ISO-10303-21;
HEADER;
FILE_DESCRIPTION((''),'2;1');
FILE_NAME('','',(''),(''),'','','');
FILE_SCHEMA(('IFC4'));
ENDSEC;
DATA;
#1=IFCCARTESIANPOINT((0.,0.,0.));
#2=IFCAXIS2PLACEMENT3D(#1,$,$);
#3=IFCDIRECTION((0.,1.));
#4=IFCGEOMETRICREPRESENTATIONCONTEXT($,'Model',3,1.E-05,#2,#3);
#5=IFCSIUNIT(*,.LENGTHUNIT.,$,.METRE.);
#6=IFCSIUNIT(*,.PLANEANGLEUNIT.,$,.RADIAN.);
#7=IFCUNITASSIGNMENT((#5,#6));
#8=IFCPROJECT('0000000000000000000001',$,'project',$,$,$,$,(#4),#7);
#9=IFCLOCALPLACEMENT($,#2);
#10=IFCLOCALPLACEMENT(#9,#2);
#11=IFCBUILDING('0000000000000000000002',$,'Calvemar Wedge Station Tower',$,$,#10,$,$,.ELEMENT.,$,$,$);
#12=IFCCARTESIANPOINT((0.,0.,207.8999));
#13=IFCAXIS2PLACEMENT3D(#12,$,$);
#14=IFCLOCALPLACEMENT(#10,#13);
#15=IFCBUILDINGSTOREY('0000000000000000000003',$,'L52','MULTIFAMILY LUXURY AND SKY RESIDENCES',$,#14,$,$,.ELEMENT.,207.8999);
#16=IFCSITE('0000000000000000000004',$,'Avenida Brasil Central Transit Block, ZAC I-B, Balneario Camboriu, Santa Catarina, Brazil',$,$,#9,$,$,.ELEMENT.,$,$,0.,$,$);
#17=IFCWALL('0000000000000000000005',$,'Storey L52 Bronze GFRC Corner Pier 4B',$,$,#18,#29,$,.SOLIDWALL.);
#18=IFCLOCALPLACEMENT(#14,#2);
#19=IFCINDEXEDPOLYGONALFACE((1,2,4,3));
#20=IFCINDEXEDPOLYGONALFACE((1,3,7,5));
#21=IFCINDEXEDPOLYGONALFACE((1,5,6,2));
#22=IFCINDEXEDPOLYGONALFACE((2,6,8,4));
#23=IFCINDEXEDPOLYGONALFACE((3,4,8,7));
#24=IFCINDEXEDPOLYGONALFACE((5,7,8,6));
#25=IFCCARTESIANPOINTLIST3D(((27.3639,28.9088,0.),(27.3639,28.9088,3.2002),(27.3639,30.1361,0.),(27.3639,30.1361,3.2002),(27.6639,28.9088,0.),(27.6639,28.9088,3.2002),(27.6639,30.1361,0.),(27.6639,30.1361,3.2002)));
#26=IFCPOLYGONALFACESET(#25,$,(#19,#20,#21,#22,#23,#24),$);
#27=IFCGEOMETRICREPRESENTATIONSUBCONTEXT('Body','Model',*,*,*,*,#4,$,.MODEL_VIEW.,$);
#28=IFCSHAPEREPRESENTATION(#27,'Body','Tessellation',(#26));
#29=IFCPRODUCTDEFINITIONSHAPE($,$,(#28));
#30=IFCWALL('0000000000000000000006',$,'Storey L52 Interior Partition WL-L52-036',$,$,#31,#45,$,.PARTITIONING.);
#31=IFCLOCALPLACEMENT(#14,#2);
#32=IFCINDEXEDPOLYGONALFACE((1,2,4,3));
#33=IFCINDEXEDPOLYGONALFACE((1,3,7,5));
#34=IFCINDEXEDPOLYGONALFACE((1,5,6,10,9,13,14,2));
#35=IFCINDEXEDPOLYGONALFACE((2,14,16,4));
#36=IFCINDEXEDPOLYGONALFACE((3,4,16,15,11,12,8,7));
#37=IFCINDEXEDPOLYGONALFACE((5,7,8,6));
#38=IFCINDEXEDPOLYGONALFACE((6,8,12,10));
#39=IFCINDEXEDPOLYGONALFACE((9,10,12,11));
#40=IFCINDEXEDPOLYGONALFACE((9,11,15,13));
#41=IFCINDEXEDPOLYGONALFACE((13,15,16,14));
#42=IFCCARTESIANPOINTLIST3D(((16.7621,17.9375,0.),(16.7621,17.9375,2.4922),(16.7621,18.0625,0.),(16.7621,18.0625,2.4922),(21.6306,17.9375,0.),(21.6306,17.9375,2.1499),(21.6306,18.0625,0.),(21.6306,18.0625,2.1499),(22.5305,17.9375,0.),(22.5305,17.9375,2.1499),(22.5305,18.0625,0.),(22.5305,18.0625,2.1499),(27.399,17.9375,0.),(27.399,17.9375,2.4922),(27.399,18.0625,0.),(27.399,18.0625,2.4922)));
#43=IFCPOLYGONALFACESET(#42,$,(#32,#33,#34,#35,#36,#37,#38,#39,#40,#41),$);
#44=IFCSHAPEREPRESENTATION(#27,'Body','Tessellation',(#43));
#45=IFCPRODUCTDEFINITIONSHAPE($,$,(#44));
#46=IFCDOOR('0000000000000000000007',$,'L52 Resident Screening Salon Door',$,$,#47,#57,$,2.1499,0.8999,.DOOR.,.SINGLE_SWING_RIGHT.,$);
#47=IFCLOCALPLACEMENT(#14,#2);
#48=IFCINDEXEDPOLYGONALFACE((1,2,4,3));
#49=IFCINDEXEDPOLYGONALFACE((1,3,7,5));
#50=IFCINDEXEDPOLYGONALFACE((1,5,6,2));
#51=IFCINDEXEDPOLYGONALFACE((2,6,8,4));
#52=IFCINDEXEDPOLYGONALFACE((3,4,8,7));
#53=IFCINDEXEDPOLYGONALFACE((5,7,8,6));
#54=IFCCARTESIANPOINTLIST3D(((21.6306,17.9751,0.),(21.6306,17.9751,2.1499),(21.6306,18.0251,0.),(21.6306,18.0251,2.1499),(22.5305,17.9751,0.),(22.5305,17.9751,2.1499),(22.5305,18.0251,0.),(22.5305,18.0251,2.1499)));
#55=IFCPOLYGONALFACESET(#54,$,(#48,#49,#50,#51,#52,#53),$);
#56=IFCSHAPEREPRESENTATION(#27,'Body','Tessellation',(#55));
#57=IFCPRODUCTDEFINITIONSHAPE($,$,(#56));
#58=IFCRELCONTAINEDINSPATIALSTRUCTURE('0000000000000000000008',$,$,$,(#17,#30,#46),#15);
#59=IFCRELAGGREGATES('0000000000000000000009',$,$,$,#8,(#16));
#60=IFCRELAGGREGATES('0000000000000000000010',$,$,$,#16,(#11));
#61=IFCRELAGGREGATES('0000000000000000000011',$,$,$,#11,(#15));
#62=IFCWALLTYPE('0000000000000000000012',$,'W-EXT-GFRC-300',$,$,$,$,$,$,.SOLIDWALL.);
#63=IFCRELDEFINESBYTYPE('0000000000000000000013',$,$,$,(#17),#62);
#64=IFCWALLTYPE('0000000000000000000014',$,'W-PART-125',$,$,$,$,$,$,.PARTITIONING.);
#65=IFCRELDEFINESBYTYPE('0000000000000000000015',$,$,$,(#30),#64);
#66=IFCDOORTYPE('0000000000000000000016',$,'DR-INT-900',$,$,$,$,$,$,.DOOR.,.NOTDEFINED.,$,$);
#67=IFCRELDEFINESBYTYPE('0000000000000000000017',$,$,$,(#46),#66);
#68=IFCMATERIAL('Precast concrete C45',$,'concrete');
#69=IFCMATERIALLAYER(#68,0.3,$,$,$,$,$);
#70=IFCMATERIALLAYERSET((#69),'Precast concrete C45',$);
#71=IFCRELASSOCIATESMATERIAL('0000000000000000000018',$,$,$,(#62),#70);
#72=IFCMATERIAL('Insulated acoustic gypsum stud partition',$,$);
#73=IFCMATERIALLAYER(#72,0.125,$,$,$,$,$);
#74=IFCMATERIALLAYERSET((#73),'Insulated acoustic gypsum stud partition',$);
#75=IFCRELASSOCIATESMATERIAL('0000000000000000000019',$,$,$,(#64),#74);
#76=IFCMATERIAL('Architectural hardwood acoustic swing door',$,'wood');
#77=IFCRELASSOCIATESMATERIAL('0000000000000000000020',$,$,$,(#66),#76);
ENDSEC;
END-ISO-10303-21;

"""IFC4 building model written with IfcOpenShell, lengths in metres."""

from ifc_helpers import new_model, si_unit, direction, frame, frame_2d, origin, place, context, subcontext, project, spatial, rectangle, extrude, source, transform, mapped, material, layer, layer_set, type_object, element, fill, save


model = new_model("IFC4")

# Units and contexts
model_context = context("Model", 3, precision=1e-05, world=origin(), true_north=direction((0.0, 1.0)))
body_context = subcontext(model_context, "Body", "Model", "MODEL_VIEW")
ifc_project = project(units=[si_unit("LENGTHUNIT", "METRE"), si_unit("PLANEANGLEUNIT", "RADIAN")], contexts=[model_context])

# Site, building, storey
site_placement = place(None, origin())
site = spatial("IfcSite", under=ifc_project, at=site_placement, Name="Avenida Brasil Central Transit Block, ZAC I-B, Balneario Camboriu, Santa Catarina, Brazil", CompositionType="ELEMENT", RefElevation=0.0)
building_placement = place(site_placement, origin())
building = spatial("IfcBuilding", under=site, at=building_placement, Name="Calvemar Wedge Station Tower", CompositionType="ELEMENT")
storey_placement = place(building_placement, frame((0.0, 0.0, 207.8999)))
storey = spatial("IfcBuildingStorey", under=building, at=storey_placement, Name="L52", Description="MULTIFAMILY LUXURY AND SKY RESIDENCES", CompositionType="ELEMENT", Elevation=207.8999)

# Shared definitions
ifc_material_1 = material(Name="Precast concrete C45", Category="concrete")
ifc_layer_1 = layer(ifc_material_1, 0.3)
ifc_layer_set_1 = layer_set([ifc_layer_1], Name="Precast concrete C45")
wall_type_1 = type_object("IfcWallType", Name="W-EXT-GFRC-300", PredefinedType="SOLIDWALL", material=ifc_layer_set_1)

# Wall
wall_1_placement = place(storey_placement, frame((27.5139, 28.9087, 0.0), z_axis=(0.0, 0.0, 1.0), x_axis=(0.0, 1.0, 0.0)))
element("IfcWall", 1, at=wall_1_placement, inside=storey, type_object=wall_type_1, Name="Storey L52 Bronze GFRC Corner Pier 4B", PredefinedType="SOLIDWALL", context=body_context, shape_type="SweptSolid", body=[
    extrude(rectangle(XDim=1.2273, YDim=0.3, at=frame_2d((0.6138, 0.0))), origin(), (0.0, 0.0, 1.0), 3.2002),
])

# Wall, opening, door
ifc_material_2 = material(Name="Insulated acoustic gypsum stud partition")
ifc_layer_2 = layer(ifc_material_2, 0.125)
ifc_layer_set_2 = layer_set([ifc_layer_2], Name="Insulated acoustic gypsum stud partition")
wall_type_2 = type_object("IfcWallType", Name="W-PART-125", PredefinedType="PARTITIONING", material=ifc_layer_set_2)
wall_2_placement = place(storey_placement, frame((27.3989, 18.0, 0.0), z_axis=(0.0, 0.0, 1.0), x_axis=(-1.0, 0.0, 0.0)))
wall_2 = element("IfcWall", 2, at=wall_2_placement, inside=storey, type_object=wall_type_2, Name="Storey L52 Interior Partition WL-L52-036", PredefinedType="PARTITIONING", context=body_context, shape_type="SweptSolid", body=[
    extrude(rectangle(XDim=10.637, YDim=0.125, at=frame_2d((5.3184, 0.0))), origin(), (0.0, 0.0, 1.0), 2.4922),
])
shared_shape_1 = source(origin(), body_context, "Body", "SweptSolid", [
    extrude(rectangle(XDim=0.8999, YDim=2.1499, at=frame_2d((0.45, 1.075))), frame((0.0, 0.0725, 0.0), z_axis=(0.0, -1.0, 0.0), x_axis=(1.0, 0.0, 0.0)), (0.0, 0.0, 1.0), 0.145),
])
opening_1_placement = place(wall_2_placement, frame((4.8684, 0.0, 0.0)))
opening_1 = element("IfcOpeningElement", 3, at=opening_1_placement, cuts=wall_2, PredefinedType="OPENING", context=body_context, shape_type="MappedRepresentation", body=[
    mapped(shared_shape_1, transform((0.0, 0.0, 0.0), scale=1.0)),
])
ifc_material_3 = material(Name="Architectural hardwood acoustic swing door", Category="wood")
door_type_1 = type_object("IfcDoorType", Name="DR-INT-900", OperationType="NOTDEFINED", PredefinedType="DOOR", material=ifc_material_3)
shared_shape_2 = source(origin(), body_context, "Body", "SweptSolid", [
    extrude(rectangle(XDim=0.8999, YDim=2.1499, at=frame_2d((0.45, 1.075))), frame((0.0, 0.0249, 0.0), z_axis=(0.0, -1.0, 0.0), x_axis=(1.0, 0.0, 0.0)), (0.0, 0.0, 1.0), 0.05),
])
door_1_placement = place(opening_1_placement, origin())
door_1 = element("IfcDoor", 4, at=door_1_placement, inside=storey, type_object=door_type_1, Name="L52 Resident Screening Salon Door", OperationType="SINGLE_SWING_RIGHT", OverallHeight=2.1499, OverallWidth=0.8999, PredefinedType="DOOR", context=body_context, shape_type="MappedRepresentation", body=[
    mapped(shared_shape_2, transform((0.0, 0.0, 0.0), scale=1.0)),
])
fill(opening_1, door_1)

save(model, "model.ifc")
